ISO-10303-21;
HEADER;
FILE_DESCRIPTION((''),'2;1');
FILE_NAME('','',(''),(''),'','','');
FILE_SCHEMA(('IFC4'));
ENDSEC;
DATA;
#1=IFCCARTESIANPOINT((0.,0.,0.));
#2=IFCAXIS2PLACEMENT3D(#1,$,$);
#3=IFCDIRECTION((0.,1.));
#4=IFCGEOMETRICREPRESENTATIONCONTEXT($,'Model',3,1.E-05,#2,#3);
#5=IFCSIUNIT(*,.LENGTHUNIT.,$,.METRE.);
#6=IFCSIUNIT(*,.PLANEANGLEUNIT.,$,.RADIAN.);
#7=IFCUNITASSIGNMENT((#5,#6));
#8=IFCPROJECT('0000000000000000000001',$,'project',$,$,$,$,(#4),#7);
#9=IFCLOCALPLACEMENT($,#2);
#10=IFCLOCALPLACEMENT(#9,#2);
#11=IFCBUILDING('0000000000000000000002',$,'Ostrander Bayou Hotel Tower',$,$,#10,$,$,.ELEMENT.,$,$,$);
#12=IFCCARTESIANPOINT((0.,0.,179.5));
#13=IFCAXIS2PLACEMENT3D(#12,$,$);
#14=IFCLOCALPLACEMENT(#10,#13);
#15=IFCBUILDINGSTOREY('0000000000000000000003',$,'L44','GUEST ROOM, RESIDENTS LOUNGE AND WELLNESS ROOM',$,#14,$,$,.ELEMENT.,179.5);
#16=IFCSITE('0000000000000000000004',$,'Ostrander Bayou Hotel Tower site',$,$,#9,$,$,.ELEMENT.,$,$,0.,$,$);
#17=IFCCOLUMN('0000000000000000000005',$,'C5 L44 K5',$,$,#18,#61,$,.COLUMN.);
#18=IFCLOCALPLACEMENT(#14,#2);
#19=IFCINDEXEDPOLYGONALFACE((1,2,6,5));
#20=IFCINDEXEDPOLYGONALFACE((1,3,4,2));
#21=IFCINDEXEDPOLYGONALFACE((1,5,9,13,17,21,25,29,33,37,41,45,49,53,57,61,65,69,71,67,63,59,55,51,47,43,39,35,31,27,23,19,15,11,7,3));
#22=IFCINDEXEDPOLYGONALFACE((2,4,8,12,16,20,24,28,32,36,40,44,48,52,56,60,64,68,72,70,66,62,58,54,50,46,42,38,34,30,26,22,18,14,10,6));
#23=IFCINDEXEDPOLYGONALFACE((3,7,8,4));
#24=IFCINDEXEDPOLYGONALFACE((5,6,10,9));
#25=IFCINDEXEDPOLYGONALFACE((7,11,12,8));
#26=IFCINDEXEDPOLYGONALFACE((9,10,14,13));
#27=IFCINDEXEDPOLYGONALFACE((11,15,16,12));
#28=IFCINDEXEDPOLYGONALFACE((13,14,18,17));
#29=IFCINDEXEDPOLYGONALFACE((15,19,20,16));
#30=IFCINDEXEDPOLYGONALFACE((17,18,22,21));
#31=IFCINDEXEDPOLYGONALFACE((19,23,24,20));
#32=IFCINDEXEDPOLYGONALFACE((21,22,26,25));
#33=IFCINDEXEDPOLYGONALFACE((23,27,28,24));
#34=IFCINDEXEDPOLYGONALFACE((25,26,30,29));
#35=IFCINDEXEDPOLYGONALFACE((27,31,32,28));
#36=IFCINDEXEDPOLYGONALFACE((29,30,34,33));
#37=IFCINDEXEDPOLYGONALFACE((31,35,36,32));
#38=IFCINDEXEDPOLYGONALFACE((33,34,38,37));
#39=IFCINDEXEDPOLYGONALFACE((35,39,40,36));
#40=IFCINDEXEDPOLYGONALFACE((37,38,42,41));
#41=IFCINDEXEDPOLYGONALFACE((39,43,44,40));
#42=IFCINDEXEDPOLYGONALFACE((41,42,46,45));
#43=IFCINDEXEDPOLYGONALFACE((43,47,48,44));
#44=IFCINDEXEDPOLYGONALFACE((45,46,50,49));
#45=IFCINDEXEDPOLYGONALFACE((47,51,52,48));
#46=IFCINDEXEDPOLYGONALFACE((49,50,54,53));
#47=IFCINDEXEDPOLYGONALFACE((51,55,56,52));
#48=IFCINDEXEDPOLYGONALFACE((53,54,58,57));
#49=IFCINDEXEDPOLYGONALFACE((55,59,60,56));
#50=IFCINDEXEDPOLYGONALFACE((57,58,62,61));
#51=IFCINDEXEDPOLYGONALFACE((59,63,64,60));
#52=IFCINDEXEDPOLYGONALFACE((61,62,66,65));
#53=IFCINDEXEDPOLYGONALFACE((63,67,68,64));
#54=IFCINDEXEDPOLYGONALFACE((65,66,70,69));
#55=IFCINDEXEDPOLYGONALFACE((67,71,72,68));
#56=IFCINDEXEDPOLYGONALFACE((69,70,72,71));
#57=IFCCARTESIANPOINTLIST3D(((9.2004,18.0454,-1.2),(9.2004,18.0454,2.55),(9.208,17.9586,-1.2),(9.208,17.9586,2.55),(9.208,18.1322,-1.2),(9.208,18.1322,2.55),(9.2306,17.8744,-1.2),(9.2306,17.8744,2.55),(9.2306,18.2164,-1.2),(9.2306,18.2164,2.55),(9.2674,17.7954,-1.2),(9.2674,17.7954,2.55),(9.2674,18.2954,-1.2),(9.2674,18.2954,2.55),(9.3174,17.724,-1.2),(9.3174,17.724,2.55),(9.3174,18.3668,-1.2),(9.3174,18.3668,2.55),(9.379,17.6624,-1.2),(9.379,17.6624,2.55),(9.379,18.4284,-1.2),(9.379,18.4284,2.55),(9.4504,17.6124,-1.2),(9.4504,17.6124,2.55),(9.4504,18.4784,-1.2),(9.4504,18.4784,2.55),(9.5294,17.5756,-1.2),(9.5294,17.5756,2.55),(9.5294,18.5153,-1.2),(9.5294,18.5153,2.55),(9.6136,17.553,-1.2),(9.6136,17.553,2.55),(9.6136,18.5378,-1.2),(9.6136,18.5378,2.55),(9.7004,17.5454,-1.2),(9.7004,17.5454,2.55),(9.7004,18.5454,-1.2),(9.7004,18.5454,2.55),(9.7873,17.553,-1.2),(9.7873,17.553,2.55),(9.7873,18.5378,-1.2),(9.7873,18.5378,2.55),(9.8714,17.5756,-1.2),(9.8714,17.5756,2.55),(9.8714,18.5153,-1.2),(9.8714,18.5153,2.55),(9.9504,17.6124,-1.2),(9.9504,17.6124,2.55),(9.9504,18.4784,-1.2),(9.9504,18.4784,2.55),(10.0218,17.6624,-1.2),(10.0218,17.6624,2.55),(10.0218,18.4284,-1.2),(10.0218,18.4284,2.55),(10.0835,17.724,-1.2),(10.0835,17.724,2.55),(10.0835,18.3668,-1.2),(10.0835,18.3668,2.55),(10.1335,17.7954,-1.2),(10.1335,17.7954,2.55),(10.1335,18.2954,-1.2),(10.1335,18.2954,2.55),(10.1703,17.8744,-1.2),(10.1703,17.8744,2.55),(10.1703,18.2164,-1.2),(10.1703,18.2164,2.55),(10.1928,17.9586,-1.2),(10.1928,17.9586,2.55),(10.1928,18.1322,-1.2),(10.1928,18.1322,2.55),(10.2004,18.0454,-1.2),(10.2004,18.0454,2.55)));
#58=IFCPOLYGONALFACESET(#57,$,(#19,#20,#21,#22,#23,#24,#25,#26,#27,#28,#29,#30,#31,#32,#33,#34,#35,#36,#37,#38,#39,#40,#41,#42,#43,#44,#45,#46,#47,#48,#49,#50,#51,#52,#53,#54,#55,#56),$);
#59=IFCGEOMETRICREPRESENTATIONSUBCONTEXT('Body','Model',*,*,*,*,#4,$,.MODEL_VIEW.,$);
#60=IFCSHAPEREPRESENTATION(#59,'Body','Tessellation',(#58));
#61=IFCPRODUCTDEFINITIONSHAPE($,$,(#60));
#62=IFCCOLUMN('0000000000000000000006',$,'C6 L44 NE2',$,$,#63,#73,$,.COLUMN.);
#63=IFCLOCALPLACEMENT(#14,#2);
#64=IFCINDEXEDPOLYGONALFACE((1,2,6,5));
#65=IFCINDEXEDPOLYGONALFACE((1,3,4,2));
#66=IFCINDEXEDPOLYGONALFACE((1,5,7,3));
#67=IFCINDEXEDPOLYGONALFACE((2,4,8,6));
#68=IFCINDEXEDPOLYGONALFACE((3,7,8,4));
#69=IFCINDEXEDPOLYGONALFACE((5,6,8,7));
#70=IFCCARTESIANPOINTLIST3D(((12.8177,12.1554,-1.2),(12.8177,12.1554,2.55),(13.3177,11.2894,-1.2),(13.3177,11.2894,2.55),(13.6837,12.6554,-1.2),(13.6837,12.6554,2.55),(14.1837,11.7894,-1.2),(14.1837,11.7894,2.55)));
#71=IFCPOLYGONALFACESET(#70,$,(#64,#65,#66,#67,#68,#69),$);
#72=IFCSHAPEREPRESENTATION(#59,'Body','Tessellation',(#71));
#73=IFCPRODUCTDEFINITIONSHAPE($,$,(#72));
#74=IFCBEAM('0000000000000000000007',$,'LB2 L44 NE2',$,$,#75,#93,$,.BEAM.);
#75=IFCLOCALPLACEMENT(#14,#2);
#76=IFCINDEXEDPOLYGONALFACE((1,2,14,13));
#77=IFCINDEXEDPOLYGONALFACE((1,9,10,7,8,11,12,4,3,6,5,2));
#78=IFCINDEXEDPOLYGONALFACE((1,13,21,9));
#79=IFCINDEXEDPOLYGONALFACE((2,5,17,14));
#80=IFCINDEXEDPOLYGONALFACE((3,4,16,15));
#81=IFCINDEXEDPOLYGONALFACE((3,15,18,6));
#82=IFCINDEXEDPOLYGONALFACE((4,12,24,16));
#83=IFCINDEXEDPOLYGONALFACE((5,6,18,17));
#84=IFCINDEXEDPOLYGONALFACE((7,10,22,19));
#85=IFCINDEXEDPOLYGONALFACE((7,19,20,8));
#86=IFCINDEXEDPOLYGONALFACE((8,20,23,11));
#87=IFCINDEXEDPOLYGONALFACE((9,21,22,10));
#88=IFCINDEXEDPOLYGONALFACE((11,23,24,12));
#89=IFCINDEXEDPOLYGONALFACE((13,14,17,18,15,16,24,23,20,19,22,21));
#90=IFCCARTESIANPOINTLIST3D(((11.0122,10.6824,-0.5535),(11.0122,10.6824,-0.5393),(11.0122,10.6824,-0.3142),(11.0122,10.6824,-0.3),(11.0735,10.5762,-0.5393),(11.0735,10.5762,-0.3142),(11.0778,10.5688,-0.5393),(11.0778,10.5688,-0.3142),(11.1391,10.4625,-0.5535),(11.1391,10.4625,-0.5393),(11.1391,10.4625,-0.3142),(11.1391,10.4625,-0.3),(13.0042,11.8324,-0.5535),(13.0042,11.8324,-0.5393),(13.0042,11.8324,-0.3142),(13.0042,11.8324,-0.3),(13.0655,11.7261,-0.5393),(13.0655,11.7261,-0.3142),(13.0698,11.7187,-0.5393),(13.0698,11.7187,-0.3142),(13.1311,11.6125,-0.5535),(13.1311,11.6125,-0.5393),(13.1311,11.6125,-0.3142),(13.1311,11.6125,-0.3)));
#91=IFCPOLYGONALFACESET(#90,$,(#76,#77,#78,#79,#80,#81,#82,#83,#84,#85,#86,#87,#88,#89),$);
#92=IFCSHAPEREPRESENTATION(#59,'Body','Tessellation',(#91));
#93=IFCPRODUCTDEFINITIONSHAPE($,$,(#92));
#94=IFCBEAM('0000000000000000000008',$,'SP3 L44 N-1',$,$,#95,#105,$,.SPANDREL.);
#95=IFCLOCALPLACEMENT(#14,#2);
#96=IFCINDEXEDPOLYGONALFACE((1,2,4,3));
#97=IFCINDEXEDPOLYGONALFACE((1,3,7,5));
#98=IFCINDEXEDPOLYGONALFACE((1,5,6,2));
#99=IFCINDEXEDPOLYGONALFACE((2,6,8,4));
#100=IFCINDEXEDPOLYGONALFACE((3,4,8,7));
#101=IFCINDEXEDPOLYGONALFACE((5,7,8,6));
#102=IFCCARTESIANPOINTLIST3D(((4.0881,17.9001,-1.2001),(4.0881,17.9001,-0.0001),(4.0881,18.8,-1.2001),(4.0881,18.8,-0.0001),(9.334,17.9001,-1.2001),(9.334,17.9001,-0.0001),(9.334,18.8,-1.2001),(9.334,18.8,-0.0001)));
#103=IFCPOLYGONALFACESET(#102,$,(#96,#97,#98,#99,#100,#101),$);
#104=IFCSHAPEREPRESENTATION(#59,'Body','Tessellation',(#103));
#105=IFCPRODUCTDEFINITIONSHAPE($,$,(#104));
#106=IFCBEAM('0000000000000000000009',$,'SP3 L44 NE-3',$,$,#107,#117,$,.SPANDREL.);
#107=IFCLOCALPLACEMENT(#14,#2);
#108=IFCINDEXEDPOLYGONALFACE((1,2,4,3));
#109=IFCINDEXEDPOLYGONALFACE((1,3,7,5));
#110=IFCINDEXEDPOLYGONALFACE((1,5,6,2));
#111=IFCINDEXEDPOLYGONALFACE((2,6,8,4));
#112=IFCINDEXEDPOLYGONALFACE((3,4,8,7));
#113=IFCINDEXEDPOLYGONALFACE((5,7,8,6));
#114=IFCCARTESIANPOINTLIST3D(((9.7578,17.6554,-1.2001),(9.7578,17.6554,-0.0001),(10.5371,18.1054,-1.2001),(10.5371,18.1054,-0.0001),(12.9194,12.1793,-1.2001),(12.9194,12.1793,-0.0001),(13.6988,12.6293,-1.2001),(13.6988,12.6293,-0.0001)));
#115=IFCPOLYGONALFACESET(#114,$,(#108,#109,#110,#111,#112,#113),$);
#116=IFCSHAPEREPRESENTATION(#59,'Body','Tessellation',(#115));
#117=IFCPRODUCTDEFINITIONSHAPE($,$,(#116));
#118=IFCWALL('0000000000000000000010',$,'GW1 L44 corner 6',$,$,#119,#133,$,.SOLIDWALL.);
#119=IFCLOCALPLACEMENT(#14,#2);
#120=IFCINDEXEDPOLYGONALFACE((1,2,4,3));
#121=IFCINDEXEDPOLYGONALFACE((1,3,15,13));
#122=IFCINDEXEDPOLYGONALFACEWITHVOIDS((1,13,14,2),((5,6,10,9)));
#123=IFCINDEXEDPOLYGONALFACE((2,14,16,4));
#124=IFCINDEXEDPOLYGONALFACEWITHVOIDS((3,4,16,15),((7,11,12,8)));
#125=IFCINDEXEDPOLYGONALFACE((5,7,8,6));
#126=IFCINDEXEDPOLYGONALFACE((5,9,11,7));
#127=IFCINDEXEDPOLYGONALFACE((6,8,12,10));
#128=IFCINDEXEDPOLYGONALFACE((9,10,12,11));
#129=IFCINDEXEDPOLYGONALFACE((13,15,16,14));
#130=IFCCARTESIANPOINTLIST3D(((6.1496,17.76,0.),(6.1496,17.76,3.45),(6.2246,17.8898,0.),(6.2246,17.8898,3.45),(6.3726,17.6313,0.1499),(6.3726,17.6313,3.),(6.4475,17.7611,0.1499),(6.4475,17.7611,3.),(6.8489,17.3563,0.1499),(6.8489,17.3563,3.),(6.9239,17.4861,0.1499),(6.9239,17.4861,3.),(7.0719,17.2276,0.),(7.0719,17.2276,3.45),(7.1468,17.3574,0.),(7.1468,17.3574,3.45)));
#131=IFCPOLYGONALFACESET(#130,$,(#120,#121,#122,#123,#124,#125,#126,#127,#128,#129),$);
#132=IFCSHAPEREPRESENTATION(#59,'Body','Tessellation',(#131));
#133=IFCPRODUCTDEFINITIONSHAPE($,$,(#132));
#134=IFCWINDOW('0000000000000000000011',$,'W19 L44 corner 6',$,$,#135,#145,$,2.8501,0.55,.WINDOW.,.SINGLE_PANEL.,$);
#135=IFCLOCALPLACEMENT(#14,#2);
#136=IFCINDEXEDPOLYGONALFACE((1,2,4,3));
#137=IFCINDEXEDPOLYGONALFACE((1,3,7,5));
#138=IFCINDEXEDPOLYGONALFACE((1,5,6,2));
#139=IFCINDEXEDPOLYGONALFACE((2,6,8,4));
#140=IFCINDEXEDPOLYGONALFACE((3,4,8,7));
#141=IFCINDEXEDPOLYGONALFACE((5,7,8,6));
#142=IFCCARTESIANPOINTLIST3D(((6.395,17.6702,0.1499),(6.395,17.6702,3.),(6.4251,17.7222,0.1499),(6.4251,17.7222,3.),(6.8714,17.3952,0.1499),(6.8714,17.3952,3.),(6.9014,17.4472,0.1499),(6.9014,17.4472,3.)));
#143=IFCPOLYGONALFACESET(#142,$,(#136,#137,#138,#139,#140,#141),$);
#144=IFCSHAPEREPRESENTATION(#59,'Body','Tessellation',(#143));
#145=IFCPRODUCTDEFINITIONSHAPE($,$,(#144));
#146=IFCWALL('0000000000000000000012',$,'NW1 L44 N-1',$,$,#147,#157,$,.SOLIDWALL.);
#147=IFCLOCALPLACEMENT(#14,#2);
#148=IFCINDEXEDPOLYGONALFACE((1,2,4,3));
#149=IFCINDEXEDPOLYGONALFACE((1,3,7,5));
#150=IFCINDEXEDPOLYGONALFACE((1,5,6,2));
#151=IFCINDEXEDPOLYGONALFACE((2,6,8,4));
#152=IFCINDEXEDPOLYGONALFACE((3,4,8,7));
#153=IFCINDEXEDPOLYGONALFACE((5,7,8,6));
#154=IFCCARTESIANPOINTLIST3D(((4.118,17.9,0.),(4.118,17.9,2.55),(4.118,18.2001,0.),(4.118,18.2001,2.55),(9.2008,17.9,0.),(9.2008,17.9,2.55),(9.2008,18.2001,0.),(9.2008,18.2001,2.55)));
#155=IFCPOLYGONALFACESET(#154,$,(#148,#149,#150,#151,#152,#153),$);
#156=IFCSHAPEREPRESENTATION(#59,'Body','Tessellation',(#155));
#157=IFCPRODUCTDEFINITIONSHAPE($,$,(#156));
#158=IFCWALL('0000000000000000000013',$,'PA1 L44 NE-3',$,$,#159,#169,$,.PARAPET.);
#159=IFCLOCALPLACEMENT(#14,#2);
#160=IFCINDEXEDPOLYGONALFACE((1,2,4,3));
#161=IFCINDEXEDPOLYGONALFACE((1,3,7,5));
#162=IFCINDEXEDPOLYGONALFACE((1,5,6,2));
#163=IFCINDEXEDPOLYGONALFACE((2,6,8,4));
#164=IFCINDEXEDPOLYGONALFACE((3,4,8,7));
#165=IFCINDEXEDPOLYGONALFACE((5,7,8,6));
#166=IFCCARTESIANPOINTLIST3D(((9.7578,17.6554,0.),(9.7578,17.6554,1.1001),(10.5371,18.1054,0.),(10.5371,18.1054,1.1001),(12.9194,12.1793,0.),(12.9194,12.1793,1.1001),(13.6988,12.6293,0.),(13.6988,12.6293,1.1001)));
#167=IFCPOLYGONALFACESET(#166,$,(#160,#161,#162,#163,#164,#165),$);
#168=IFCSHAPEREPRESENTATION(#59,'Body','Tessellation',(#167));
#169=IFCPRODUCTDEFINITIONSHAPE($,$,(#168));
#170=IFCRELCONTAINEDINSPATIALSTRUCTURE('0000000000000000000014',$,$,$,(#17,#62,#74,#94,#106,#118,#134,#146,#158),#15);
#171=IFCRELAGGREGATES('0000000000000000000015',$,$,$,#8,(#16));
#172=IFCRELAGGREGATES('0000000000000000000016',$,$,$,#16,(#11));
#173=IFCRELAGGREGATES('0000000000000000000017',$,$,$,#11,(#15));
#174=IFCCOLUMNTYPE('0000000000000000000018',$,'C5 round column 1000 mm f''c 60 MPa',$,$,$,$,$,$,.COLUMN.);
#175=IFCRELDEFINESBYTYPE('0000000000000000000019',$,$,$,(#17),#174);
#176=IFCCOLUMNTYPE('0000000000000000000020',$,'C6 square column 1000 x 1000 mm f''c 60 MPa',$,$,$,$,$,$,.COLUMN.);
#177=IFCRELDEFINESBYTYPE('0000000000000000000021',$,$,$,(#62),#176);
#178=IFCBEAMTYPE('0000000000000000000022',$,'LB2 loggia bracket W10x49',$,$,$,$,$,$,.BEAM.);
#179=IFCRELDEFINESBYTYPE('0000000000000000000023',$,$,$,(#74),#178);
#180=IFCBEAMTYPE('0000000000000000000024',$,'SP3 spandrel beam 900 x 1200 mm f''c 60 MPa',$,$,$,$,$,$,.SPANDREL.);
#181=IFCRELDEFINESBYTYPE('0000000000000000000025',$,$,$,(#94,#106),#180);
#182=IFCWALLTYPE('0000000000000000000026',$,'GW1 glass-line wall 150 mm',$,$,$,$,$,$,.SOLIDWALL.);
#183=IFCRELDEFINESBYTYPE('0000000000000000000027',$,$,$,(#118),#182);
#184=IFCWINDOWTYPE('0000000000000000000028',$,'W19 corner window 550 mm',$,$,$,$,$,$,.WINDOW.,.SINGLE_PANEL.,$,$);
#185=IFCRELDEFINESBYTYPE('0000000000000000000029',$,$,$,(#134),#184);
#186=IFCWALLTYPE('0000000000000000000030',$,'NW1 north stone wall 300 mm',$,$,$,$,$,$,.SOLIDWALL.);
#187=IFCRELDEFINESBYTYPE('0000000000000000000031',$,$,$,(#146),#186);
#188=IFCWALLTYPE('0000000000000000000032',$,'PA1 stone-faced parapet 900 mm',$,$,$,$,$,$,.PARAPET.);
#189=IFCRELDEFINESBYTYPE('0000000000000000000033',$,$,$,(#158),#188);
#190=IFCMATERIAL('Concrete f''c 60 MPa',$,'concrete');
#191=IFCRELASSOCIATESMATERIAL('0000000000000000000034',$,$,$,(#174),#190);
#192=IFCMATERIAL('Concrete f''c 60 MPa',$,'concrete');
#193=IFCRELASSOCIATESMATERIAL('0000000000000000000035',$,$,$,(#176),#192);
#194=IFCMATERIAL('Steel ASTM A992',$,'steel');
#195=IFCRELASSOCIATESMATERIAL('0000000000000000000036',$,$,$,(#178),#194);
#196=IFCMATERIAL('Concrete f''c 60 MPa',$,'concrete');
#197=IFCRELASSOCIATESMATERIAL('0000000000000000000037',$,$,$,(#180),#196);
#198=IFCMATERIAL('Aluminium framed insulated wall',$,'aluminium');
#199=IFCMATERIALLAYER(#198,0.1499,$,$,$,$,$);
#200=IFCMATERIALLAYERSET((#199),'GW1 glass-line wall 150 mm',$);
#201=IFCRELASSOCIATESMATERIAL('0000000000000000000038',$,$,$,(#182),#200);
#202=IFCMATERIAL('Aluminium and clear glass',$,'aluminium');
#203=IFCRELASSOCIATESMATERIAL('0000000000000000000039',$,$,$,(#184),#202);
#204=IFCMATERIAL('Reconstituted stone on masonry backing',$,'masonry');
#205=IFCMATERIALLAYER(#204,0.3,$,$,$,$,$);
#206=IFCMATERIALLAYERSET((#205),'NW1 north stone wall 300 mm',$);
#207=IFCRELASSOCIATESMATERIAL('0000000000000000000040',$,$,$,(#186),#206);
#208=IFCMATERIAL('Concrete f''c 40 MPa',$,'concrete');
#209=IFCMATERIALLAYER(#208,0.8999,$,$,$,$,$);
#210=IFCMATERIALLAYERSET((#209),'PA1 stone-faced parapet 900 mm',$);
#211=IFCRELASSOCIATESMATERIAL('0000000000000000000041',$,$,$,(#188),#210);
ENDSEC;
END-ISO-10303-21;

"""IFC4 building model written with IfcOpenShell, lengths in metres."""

from ifc_helpers import new_model, si_unit, direction, frame, frame_2d, origin, origin_2d, place, context, subcontext, project, spatial, rectangle, circle, i_section, extrude, material, layer, layer_set, material_profile, profile_set, type_object, element, fill, save


model = new_model("IFC4")

# Units and contexts
model_context = context("Model", 3, precision=1e-05, world=origin(), true_north=direction((0.0, 1.0)))
body_context = subcontext(model_context, "Body", "Model", "MODEL_VIEW")
ifc_project = project(units=[si_unit("LENGTHUNIT", "METRE"), si_unit("PLANEANGLEUNIT", "RADIAN")], contexts=[model_context])

# Site, building, storey
site_placement = place(None, origin())
site = spatial("IfcSite", under=ifc_project, at=site_placement, Name="Ostrander Bayou Hotel Tower site", CompositionType="ELEMENT", RefElevation=0.0)
building_placement = place(site_placement, origin())
building = spatial("IfcBuilding", under=site, at=building_placement, Name="Ostrander Bayou Hotel Tower", CompositionType="ELEMENT")
storey_placement = place(building_placement, frame((0.0, 0.0, 179.5)))
storey = spatial("IfcBuildingStorey", under=building, at=storey_placement, Name="L44", Description="GUEST ROOM, RESIDENTS LOUNGE AND WELLNESS ROOM", CompositionType="ELEMENT", Elevation=179.5)

# Columns
ifc_material_1 = material(Name="Concrete f'c 60 MPa", Category="concrete")
ifc_material_profile_1 = material_profile(ifc_material_1, circle(Radius=0.5, at=origin_2d()))
ifc_profile_set_1 = profile_set([ifc_material_profile_1], Name="Concrete f'c 60 MPa")
column_type_1 = type_object("IfcColumnType", Name="C5 round column 1000 mm f'c 60 MPa", PredefinedType="COLUMN", material=ifc_profile_set_1)
column_1_placement = place(storey_placement, frame((9.7004, 18.0454, -1.2), z_axis=(0.0, 0.0, 1.0), x_axis=(1.0, 0.0, 0.0)))
element("IfcColumn", 1, at=column_1_placement, inside=storey, type_object=column_type_1, Name="C5 L44 K5", PredefinedType="COLUMN", context=body_context, shape_type="SweptSolid", body=[
    extrude(circle(Radius=0.5, at=origin_2d()), origin(), (0.0, 0.0, 1.0), 3.75),
])
ifc_material_2 = material(Name="Concrete f'c 60 MPa", Category="concrete")
ifc_material_profile_2 = material_profile(ifc_material_2, rectangle(XDim=1.0, YDim=1.0, at=origin_2d()))
ifc_profile_set_2 = profile_set([ifc_material_profile_2], Name="Concrete f'c 60 MPa")
column_type_2 = type_object("IfcColumnType", Name="C6 square column 1000 x 1000 mm f'c 60 MPa", PredefinedType="COLUMN", material=ifc_profile_set_2)
column_2_placement = place(storey_placement, frame((13.5007, 11.9724, -1.2), z_axis=(0.0, 0.0, 1.0), x_axis=(0.5, -0.866025, 0.0)))
element("IfcColumn", 2, at=column_2_placement, inside=storey, type_object=column_type_2, Name="C6 L44 NE2", PredefinedType="COLUMN", context=body_context, shape_type="SweptSolid", body=[
    extrude(rectangle(XDim=1.0, YDim=1.0, at=origin_2d()), origin(), (0.0, 0.0, 1.0), 3.75),
])

# Beams
ifc_material_3 = material(Name="Steel ASTM A992", Category="steel")
ifc_material_profile_3 = material_profile(ifc_material_3, i_section(OverallWidth=0.2539, OverallDepth=0.2534, WebThickness=0.0085, FlangeThickness=0.0142, at=origin_2d()))
ifc_profile_set_3 = profile_set([ifc_material_profile_3], Name="Steel ASTM A992")
beam_type_1 = type_object("IfcBeamType", Name="LB2 loggia bracket W10x49", PredefinedType="BEAM", material=ifc_profile_set_3)
beam_1_placement = place(storey_placement, frame((13.0676, 11.7224, -0.4268), z_axis=(-0.866053, -0.499952, 0.0), x_axis=(0.499952, -0.866053, 0.0)))
element("IfcBeam", 3, at=beam_1_placement, inside=storey, type_object=beam_type_1, Name="LB2 L44 NE2", PredefinedType="BEAM", context=body_context, shape_type="SweptSolid", body=[
    extrude(i_section(OverallWidth=0.2539, OverallDepth=0.2534, WebThickness=0.0085, FlangeThickness=0.0142, at=origin_2d()), origin(), (0.0, 0.0, 1.0), 2.3),
])
ifc_material_4 = material(Name="Concrete f'c 60 MPa", Category="concrete")
ifc_material_profile_4 = material_profile(ifc_material_4, rectangle(XDim=0.8999, YDim=1.2, at=origin_2d()))
ifc_profile_set_4 = profile_set([ifc_material_profile_4], Name="Concrete f'c 60 MPa")
beam_type_2 = type_object("IfcBeamType", Name="SP3 spandrel beam 900 x 1200 mm f'c 60 MPa", PredefinedType="SPANDREL", material=ifc_profile_set_4)
beam_2_placement = place(storey_placement, frame((9.334, 18.3501, -0.6001), z_axis=(-1.0, 0.0, 0.0), x_axis=(0.0, -1.0, 0.0)))
element("IfcBeam", 4, at=beam_2_placement, inside=storey, type_object=beam_type_2, Name="SP3 L44 N-1", PredefinedType="SPANDREL", context=body_context, shape_type="SweptSolid", body=[
    extrude(rectangle(XDim=0.8999, YDim=1.2, at=origin_2d()), origin(), (0.0, 0.0, 1.0), 5.2458),
])
beam_3_placement = place(storey_placement, frame((13.3091, 12.4043, -0.6001), z_axis=(-0.500001, 0.866025, 0.0), x_axis=(-0.866025, -0.500001, 0.0)))
element("IfcBeam", 5, at=beam_3_placement, inside=storey, type_object=beam_type_2, Name="SP3 L44 NE-3", PredefinedType="SPANDREL", context=body_context, shape_type="SweptSolid", body=[
    extrude(rectangle(XDim=0.8999, YDim=1.2, at=origin_2d()), origin(), (0.0, 0.0, 1.0), 6.3232),
])

# Wall, opening, window
ifc_material_5 = material(Name="Aluminium framed insulated wall", Category="aluminium")
ifc_layer_1 = layer(ifc_material_5, 0.1499)
ifc_layer_set_1 = layer_set([ifc_layer_1], Name="GW1 glass-line wall 150 mm")
wall_type_1 = type_object("IfcWallType", Name="GW1 glass-line wall 150 mm", PredefinedType="SOLIDWALL", material=ifc_layer_set_1)
wall_1_placement = place(storey_placement, frame((7.1094, 17.2925, 0.0), z_axis=(0.0, 0.0, 1.0), x_axis=(-0.866048, 0.499961, 0.0)))
wall_1 = element("IfcWall", 6, at=wall_1_placement, inside=storey, type_object=wall_type_1, Name="GW1 L44 corner 6", PredefinedType="SOLIDWALL", context=body_context, shape_type="SweptSolid", body=[
    extrude(rectangle(XDim=1.0649, YDim=0.1499, at=frame_2d((0.5325, 0.0))), origin(), (0.0, 0.0, 1.0), 3.45),
])
opening_1_placement = place(wall_1_placement, frame((0.2576, 0.0, 0.1499)))
opening_1 = element("IfcOpeningElement", 7, at=opening_1_placement, cuts=wall_1, PredefinedType="OPENING", context=body_context, shape_type="SweptSolid", body=[
    extrude(rectangle(XDim=0.55, YDim=2.8501, at=frame_2d((0.2749, 1.425))), frame((0.0, 0.075, 0.0), z_axis=(0.0, -1.0, 0.0), x_axis=(1.0, 0.0, 0.0)), (0.0, 0.0, 1.0), 0.1499),
])
ifc_material_6 = material(Name="Aluminium and clear glass", Category="aluminium")
window_type = type_object("IfcWindowType", Name="W19 corner window 550 mm", PartitioningType="SINGLE_PANEL", PredefinedType="WINDOW", material=ifc_material_6)
window_placement = place(opening_1_placement, origin())
window = element("IfcWindow", 8, at=window_placement, inside=storey, type_object=window_type, Name="W19 L44 corner 6", OverallHeight=2.8501, OverallWidth=0.55, PartitioningType="SINGLE_PANEL", PredefinedType="WINDOW", context=body_context, shape_type="SweptSolid", body=[
    extrude(rectangle(XDim=0.55, YDim=2.8501, at=frame_2d((0.2749, 1.425))), frame((0.0, 0.03, 0.0), z_axis=(0.0, -1.0, 0.0), x_axis=(1.0, 0.0, 0.0)), (0.0, 0.0, 1.0), 0.0601),
])
fill(opening_1, window)

# Walls
ifc_material_7 = material(Name="Reconstituted stone on masonry backing", Category="masonry")
ifc_layer_2 = layer(ifc_material_7, 0.3)
ifc_layer_set_2 = layer_set([ifc_layer_2], Name="NW1 north stone wall 300 mm")
wall_type_2 = type_object("IfcWallType", Name="NW1 north stone wall 300 mm", PredefinedType="SOLIDWALL", material=ifc_layer_set_2)
wall_2_placement = place(storey_placement, frame((9.2009, 18.05, 0.0), z_axis=(0.0, 0.0, 1.0), x_axis=(-1.0, 0.0, 0.0)))
element("IfcWall", 9, at=wall_2_placement, inside=storey, type_object=wall_type_2, Name="NW1 L44 N-1", PredefinedType="SOLIDWALL", context=body_context, shape_type="SweptSolid", body=[
    extrude(rectangle(XDim=5.0828, YDim=0.3, at=frame_2d((2.5415, 0.0))), origin(), (0.0, 0.0, 1.0), 2.55),
])
ifc_material_8 = material(Name="Concrete f'c 40 MPa", Category="concrete")
ifc_layer_3 = layer(ifc_material_8, 0.8999)
ifc_layer_set_3 = layer_set([ifc_layer_3], Name="PA1 stone-faced parapet 900 mm")
wall_type_3 = type_object("IfcWallType", Name="PA1 stone-faced parapet 900 mm", PredefinedType="PARAPET", material=ifc_layer_set_3)
wall_3_placement = place(storey_placement, frame((13.3091, 12.4043, 0.0), z_axis=(0.0, 0.0, 1.0), x_axis=(-0.500001, 0.866025, 0.0)))
element("IfcWall", 10, at=wall_3_placement, inside=storey, type_object=wall_type_3, Name="PA1 L44 NE-3", PredefinedType="PARAPET", context=body_context, shape_type="SweptSolid", body=[
    extrude(rectangle(XDim=6.3232, YDim=0.8999, at=frame_2d((3.1616, 0.0))), origin(), (0.0, 0.0, 1.0), 1.1001),
])

save(model, "model.ifc")
